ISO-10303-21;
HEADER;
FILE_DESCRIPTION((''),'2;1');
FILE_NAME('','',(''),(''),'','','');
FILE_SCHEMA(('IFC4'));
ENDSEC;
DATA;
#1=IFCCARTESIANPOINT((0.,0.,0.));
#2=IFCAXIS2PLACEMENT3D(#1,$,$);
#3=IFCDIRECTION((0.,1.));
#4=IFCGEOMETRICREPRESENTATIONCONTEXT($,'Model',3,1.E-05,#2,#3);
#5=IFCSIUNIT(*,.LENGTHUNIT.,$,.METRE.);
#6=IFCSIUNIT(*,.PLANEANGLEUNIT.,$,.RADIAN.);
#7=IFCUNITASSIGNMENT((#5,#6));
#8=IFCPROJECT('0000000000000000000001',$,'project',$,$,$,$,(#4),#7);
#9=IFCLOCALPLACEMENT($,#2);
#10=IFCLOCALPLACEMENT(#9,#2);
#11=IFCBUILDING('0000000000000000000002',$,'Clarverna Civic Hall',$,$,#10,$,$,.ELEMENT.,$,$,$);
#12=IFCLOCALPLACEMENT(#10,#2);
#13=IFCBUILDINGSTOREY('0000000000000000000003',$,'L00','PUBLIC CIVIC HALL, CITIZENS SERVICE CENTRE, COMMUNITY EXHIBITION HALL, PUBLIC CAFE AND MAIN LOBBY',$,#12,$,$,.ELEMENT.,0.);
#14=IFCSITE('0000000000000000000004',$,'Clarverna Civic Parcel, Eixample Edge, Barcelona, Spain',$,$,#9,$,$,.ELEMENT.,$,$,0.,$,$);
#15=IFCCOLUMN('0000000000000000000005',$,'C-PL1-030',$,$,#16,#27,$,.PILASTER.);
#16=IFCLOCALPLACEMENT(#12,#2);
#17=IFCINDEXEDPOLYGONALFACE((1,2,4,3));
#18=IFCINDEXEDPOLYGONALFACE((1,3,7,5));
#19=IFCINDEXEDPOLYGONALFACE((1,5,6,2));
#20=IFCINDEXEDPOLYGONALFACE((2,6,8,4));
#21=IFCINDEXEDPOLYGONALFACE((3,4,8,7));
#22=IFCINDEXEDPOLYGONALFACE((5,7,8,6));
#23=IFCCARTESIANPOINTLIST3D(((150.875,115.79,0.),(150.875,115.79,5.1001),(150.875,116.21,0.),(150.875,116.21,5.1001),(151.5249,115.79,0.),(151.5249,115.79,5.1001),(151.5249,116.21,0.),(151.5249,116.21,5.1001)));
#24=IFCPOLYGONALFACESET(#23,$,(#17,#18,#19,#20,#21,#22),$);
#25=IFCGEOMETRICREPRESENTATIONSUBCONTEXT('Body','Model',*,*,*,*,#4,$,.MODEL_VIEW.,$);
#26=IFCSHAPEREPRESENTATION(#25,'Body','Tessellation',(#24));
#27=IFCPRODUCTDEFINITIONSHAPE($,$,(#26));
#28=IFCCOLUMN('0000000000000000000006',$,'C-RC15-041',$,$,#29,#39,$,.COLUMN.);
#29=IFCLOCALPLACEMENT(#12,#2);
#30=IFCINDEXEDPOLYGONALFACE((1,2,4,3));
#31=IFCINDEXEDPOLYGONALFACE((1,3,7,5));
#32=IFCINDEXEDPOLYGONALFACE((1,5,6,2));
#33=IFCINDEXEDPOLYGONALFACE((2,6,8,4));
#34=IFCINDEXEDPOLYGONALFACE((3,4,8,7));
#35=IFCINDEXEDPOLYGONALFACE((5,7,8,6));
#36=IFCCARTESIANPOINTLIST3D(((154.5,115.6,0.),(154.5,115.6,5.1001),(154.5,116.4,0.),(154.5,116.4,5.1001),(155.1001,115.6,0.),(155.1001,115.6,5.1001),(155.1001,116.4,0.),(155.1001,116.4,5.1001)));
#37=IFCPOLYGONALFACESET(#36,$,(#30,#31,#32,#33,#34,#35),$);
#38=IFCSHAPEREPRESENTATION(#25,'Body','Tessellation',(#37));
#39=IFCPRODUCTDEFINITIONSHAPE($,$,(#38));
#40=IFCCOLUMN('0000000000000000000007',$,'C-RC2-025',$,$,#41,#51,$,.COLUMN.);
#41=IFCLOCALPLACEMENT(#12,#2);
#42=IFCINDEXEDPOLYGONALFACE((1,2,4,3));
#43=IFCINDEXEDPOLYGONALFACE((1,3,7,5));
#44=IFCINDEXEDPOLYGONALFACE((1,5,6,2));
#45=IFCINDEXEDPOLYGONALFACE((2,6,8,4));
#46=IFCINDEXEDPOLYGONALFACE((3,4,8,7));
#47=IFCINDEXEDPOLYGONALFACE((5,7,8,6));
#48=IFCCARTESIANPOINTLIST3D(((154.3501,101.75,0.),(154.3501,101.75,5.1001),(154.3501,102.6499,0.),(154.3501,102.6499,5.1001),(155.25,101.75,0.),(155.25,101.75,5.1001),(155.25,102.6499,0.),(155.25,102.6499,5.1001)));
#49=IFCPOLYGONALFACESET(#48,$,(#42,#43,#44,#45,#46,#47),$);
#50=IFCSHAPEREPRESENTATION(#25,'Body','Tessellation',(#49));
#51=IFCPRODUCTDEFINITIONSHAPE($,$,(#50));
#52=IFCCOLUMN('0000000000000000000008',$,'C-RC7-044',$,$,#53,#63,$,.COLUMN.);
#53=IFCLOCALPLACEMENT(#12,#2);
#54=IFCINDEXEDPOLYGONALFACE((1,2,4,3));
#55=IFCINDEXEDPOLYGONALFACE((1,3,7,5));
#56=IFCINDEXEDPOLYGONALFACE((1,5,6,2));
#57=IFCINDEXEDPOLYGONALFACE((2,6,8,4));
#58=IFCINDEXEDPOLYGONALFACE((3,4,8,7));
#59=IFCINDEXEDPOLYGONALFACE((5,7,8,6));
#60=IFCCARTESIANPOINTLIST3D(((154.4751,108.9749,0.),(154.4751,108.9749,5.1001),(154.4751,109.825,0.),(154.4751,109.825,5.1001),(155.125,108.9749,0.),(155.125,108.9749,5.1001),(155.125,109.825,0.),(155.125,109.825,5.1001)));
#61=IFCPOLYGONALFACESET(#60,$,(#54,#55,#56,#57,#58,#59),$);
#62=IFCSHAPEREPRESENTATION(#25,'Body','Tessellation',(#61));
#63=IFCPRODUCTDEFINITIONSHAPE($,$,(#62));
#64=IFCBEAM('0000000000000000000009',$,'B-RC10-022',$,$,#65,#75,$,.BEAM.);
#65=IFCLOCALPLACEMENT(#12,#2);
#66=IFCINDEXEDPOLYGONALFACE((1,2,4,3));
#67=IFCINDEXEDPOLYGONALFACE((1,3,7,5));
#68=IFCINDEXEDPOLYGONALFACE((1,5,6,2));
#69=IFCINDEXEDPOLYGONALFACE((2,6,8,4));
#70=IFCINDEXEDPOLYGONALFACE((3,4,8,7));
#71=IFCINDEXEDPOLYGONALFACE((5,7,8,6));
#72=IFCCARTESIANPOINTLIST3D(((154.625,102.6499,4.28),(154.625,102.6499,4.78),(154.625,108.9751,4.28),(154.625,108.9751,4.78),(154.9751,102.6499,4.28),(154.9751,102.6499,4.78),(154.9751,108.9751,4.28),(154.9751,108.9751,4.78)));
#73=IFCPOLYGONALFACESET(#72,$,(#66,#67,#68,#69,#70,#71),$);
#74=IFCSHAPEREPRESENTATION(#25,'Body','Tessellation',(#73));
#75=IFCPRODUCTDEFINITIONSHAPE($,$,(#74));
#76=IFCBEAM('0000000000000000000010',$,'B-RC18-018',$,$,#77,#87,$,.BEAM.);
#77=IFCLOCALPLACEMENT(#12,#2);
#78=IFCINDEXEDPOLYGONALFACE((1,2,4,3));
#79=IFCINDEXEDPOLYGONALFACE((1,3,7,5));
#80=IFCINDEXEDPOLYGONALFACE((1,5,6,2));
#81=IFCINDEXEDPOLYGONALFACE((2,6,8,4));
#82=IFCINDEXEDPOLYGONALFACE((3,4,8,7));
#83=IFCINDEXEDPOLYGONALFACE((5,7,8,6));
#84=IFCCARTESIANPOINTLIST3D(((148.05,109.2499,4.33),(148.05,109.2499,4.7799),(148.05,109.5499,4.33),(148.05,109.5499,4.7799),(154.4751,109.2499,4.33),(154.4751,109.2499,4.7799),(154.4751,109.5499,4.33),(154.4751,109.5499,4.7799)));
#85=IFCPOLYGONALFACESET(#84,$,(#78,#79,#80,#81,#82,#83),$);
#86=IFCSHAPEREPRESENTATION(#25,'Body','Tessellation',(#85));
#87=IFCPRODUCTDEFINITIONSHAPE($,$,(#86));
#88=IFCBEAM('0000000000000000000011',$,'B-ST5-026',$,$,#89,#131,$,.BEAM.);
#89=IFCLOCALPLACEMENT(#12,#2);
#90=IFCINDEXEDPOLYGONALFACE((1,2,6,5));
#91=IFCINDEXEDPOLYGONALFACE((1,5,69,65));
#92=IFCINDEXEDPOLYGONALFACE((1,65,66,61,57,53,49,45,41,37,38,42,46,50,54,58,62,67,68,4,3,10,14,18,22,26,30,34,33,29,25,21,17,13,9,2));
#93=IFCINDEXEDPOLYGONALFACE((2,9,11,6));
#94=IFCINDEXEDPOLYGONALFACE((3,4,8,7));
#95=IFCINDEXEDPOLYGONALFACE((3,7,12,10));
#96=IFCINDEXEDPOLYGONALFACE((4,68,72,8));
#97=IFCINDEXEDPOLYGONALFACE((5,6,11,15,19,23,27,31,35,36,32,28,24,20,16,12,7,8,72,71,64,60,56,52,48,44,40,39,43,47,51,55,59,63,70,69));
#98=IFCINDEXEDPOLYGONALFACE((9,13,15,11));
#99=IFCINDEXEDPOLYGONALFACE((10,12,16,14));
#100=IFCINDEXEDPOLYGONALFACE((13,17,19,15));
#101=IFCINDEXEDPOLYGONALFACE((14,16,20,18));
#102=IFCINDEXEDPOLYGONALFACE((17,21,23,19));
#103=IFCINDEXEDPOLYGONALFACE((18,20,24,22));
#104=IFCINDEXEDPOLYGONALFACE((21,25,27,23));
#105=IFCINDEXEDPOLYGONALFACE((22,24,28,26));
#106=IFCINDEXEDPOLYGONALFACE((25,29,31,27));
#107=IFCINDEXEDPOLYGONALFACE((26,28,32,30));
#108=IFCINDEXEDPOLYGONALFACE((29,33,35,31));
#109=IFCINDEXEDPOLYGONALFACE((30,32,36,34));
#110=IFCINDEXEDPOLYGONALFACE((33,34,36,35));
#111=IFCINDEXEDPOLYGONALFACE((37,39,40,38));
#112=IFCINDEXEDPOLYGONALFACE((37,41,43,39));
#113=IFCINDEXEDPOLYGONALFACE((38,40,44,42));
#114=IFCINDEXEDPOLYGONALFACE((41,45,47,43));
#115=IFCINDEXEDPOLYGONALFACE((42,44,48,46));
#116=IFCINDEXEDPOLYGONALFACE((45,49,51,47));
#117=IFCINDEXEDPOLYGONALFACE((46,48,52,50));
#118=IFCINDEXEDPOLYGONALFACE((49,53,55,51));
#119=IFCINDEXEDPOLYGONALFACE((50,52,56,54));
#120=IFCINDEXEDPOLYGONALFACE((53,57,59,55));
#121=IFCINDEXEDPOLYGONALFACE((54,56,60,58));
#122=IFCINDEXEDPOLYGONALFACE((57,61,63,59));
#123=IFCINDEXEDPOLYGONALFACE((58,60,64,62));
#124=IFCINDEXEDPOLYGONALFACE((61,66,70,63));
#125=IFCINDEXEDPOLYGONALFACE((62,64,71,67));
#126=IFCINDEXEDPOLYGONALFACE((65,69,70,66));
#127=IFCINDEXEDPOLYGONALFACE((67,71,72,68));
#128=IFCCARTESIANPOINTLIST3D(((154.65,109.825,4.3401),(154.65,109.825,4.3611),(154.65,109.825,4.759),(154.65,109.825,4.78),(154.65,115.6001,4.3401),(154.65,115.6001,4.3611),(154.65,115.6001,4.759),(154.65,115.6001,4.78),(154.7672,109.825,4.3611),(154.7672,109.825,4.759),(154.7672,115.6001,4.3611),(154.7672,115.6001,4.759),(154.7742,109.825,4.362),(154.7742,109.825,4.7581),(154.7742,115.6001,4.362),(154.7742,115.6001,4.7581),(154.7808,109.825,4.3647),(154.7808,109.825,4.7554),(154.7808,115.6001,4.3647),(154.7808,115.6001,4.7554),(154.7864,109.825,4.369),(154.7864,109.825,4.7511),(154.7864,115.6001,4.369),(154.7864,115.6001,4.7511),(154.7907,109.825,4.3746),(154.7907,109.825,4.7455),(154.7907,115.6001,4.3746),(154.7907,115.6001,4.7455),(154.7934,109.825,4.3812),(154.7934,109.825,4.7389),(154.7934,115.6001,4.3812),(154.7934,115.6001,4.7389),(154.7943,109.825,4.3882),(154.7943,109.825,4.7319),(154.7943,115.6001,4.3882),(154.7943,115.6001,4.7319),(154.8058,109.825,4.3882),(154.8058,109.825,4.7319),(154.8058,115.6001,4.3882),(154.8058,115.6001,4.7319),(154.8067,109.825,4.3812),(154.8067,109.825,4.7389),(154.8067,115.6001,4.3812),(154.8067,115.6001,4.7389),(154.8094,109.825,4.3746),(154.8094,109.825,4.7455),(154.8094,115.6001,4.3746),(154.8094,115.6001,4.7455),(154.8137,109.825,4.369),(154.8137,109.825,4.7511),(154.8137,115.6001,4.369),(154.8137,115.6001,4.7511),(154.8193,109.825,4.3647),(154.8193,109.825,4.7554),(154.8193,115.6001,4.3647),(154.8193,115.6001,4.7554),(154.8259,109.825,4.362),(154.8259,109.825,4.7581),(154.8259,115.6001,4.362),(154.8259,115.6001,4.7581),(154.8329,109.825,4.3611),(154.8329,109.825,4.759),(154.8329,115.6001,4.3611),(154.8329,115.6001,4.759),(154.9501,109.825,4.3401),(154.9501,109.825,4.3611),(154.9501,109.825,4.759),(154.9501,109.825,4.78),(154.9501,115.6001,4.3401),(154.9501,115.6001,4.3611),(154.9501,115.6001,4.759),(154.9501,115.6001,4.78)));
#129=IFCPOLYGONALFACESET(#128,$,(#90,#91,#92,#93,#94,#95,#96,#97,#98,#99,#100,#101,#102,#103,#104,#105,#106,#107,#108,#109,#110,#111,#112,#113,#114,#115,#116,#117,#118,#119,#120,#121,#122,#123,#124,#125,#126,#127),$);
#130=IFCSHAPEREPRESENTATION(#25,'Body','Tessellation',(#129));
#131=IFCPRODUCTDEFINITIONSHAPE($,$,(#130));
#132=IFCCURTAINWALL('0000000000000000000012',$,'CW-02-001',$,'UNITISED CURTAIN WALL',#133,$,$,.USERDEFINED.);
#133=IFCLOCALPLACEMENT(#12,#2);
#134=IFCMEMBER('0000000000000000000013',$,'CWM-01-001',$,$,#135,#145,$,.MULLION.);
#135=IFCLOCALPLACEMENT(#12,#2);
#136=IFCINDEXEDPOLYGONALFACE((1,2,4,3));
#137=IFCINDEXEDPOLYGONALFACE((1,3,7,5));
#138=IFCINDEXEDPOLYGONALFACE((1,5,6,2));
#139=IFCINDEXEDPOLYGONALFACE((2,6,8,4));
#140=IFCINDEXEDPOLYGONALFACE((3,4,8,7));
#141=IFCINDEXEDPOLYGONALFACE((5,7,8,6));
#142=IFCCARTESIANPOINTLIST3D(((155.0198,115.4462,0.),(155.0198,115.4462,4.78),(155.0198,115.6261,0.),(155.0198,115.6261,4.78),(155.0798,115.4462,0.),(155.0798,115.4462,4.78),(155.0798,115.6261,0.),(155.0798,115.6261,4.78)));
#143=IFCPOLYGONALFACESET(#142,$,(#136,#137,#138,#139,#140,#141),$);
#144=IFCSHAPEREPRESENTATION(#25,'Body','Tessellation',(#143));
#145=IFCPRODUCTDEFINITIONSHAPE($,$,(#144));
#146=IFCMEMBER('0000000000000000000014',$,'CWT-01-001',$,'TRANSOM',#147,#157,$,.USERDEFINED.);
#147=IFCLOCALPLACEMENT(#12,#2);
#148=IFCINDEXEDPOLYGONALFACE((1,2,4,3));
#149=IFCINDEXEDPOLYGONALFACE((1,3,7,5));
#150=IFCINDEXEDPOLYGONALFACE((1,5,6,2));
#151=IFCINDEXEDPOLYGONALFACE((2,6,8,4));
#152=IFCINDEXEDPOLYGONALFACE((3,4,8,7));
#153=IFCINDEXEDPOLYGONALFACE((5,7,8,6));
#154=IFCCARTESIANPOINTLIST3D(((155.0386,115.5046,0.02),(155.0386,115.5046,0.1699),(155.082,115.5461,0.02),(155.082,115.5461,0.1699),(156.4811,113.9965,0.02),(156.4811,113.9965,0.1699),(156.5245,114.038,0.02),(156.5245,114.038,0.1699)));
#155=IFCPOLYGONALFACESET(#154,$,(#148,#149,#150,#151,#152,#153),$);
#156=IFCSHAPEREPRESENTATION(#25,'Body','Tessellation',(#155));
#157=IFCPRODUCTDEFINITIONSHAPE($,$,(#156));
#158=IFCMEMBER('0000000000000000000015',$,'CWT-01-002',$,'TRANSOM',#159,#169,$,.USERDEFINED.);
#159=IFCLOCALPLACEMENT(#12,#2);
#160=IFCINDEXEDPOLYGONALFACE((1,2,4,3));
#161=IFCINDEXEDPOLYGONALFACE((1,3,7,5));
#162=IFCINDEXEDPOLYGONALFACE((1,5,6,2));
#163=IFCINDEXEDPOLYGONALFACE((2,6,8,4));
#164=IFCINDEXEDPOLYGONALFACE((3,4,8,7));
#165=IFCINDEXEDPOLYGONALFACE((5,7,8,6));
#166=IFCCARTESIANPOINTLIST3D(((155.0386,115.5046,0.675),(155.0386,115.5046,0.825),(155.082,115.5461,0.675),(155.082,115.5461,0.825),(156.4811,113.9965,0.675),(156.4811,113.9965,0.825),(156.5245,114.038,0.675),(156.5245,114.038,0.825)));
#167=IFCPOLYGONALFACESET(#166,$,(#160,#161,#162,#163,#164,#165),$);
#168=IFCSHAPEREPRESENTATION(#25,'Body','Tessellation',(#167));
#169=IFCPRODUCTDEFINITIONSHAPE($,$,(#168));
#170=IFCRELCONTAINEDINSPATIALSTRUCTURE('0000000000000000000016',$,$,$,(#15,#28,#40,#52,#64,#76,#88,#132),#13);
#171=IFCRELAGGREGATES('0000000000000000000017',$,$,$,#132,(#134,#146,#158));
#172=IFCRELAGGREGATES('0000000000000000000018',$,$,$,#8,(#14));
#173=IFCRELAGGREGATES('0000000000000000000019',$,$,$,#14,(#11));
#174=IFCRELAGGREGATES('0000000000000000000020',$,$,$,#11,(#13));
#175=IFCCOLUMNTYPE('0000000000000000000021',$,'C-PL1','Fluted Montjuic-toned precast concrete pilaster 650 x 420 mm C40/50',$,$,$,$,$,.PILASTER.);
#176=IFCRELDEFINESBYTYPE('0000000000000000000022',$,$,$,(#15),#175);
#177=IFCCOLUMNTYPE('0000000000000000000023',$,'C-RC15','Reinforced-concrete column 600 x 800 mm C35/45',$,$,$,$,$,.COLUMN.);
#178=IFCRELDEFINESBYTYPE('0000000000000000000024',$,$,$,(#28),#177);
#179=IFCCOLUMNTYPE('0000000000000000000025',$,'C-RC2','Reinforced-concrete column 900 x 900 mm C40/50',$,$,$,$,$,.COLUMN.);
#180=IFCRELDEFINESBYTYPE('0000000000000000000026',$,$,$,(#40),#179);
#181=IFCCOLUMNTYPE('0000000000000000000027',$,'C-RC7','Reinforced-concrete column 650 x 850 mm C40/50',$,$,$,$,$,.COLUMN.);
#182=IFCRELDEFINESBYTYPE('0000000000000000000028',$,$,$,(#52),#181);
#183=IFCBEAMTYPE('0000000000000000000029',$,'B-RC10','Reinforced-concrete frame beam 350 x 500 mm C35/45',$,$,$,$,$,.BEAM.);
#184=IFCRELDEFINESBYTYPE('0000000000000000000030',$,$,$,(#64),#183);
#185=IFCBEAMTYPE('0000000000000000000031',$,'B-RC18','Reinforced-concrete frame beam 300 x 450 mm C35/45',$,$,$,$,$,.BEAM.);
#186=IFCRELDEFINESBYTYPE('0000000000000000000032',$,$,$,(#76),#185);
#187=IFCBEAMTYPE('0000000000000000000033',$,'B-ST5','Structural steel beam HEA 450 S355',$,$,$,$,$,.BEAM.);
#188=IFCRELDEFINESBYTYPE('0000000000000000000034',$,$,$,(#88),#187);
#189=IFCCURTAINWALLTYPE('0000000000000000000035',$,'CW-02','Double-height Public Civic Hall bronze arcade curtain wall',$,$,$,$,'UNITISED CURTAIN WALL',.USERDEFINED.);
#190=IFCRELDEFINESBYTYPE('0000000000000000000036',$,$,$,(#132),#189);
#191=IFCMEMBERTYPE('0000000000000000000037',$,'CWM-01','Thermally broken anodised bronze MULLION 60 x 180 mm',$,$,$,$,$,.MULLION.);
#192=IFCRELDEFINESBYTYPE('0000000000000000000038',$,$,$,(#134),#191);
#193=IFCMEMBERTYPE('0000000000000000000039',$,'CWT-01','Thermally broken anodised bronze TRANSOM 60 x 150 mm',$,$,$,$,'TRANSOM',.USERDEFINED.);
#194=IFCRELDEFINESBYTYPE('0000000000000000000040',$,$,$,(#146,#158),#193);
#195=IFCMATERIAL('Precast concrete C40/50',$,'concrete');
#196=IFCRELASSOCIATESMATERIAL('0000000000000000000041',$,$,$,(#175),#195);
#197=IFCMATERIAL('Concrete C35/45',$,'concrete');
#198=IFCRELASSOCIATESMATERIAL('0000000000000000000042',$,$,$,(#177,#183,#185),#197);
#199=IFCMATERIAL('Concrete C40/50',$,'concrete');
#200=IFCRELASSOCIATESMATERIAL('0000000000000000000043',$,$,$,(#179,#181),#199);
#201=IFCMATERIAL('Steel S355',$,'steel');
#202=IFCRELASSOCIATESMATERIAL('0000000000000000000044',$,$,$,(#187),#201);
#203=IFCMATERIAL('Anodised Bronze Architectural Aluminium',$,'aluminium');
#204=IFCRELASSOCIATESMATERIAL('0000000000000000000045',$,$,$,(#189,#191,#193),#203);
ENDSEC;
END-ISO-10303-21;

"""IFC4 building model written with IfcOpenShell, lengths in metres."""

from ifc_helpers import new_model, si_unit, direction, frame, origin, origin_2d, place, context, subcontext, project, spatial, rectangle, i_section, extrude, material, material_profile, profile_set, type_object, element, aggregate, save


model = new_model("IFC4")

# Units and contexts
model_context = context("Model", 3, precision=1e-05, world=origin(), true_north=direction((0.0, 1.0)))
body_context = subcontext(model_context, "Body", "Model", "MODEL_VIEW")
ifc_project = project(units=[si_unit("LENGTHUNIT", "METRE"), si_unit("PLANEANGLEUNIT", "RADIAN")], contexts=[model_context])

# Site, building, storey
site_placement = place(None, origin())
site = spatial("IfcSite", under=ifc_project, at=site_placement, Name="Clarverna Civic Parcel, Eixample Edge, Barcelona, Spain", CompositionType="ELEMENT", RefElevation=0.0)
building_placement = place(site_placement, origin())
building = spatial("IfcBuilding", under=site, at=building_placement, Name="Clarverna Civic Hall", CompositionType="ELEMENT")
storey_placement = place(building_placement, origin())
storey = spatial("IfcBuildingStorey", under=building, at=storey_placement, Name="L00", Description="PUBLIC CIVIC HALL, CITIZENS SERVICE CENTRE, COMMUNITY EXHIBITION HALL, PUBLIC CAFE AND MAIN LOBBY", CompositionType="ELEMENT", Elevation=0.0)

# Columns
ifc_material_1 = material(Name="Precast concrete C40/50", Category="concrete")
ifc_material_profile_1 = material_profile(ifc_material_1, rectangle(XDim=0.6499, YDim=0.4199, at=origin_2d()), Name="PILASTER 650x420")
ifc_profile_set_1 = profile_set([ifc_material_profile_1], Name="Precast concrete C40/50")
column_type_1 = type_object("IfcColumnType", Name="C-PL1", Description="Fluted Montjuic-toned precast concrete pilaster 650 x 420 mm C40/50", PredefinedType="PILASTER", material=ifc_profile_set_1)
column_1_placement = place(storey_placement, frame((151.2, 116.0, 0.0), z_axis=(0.0, 0.0, 1.0), x_axis=(1.0, 0.0, 0.0)))
element("IfcColumn", 1, at=column_1_placement, inside=storey, type_object=column_type_1, Name="C-PL1-030", PredefinedType="PILASTER", context=body_context, shape_type="SweptSolid", body=[
    extrude(rectangle(XDim=0.6499, YDim=0.4199, at=origin_2d()), origin(), (0.0, 0.0, 1.0), 5.1001),
])
ifc_material_2 = material(Name="Concrete C35/45", Category="concrete")
ifc_material_profile_2 = material_profile(ifc_material_2, rectangle(XDim=0.6001, YDim=0.8, at=origin_2d()), Name="RC 600x800")
ifc_profile_set_2 = profile_set([ifc_material_profile_2], Name="Concrete C35/45")
column_type_2 = type_object("IfcColumnType", Name="C-RC15", Description="Reinforced-concrete column 600 x 800 mm C35/45", PredefinedType="COLUMN", material=ifc_profile_set_2)
column_2_placement = place(storey_placement, frame((154.8, 116.0, 0.0), z_axis=(0.0, 0.0, 1.0), x_axis=(1.0, 0.0, 0.0)))
element("IfcColumn", 2, at=column_2_placement, inside=storey, type_object=column_type_2, Name="C-RC15-041", PredefinedType="COLUMN", context=body_context, shape_type="SweptSolid", body=[
    extrude(rectangle(XDim=0.6001, YDim=0.8, at=origin_2d()), origin(), (0.0, 0.0, 1.0), 5.1001),
])
ifc_material_3 = material(Name="Concrete C40/50", Category="concrete")
ifc_material_profile_3 = material_profile(ifc_material_3, rectangle(XDim=0.8999, YDim=0.8999, at=origin_2d()), Name="RC 900x900")
ifc_profile_set_3 = profile_set([ifc_material_profile_3], Name="Concrete C40/50")
column_type_3 = type_object("IfcColumnType", Name="C-RC2", Description="Reinforced-concrete column 900 x 900 mm C40/50", PredefinedType="COLUMN", material=ifc_profile_set_3)
column_3_placement = place(storey_placement, frame((154.8, 102.2, 0.0), z_axis=(0.0, 0.0, 1.0), x_axis=(1.0, 0.0, 0.0)))
element("IfcColumn", 3, at=column_3_placement, inside=storey, type_object=column_type_3, Name="C-RC2-025", PredefinedType="COLUMN", context=body_context, shape_type="SweptSolid", body=[
    extrude(rectangle(XDim=0.8999, YDim=0.8999, at=origin_2d()), origin(), (0.0, 0.0, 1.0), 5.1001),
])
ifc_material_profile_4 = material_profile(ifc_material_3, rectangle(XDim=0.6499, YDim=0.8501, at=origin_2d()), Name="RC 650x850")
ifc_profile_set_4 = profile_set([ifc_material_profile_4], Name="Concrete C40/50")
column_type_4 = type_object("IfcColumnType", Name="C-RC7", Description="Reinforced-concrete column 650 x 850 mm C40/50", PredefinedType="COLUMN", material=ifc_profile_set_4)
column_4_placement = place(storey_placement, frame((154.8, 109.3999, 0.0), z_axis=(0.0, 0.0, 1.0), x_axis=(1.0, 0.0, 0.0)))
element("IfcColumn", 4, at=column_4_placement, inside=storey, type_object=column_type_4, Name="C-RC7-044", PredefinedType="COLUMN", context=body_context, shape_type="SweptSolid", body=[
    extrude(rectangle(XDim=0.6499, YDim=0.8501, at=origin_2d()), origin(), (0.0, 0.0, 1.0), 5.1001),
])

# Beams
ifc_material_profile_5 = material_profile(ifc_material_2, rectangle(XDim=0.3501, YDim=0.5, at=origin_2d()), Name="RC 350x500")
ifc_profile_set_5 = profile_set([ifc_material_profile_5], Name="Concrete C35/45")
beam_type_1 = type_object("IfcBeamType", Name="B-RC10", Description="Reinforced-concrete frame beam 350 x 500 mm C35/45", PredefinedType="BEAM", material=ifc_profile_set_5)
beam_1_placement = place(storey_placement, frame((154.8, 102.6499, 4.53), z_axis=(0.0, 1.0, 0.0), x_axis=(-1.0, 0.0, 0.0)))
element("IfcBeam", 5, at=beam_1_placement, inside=storey, type_object=beam_type_1, Name="B-RC10-022", PredefinedType="BEAM", context=body_context, shape_type="SweptSolid", body=[
    extrude(rectangle(XDim=0.3501, YDim=0.5, at=origin_2d()), origin(), (0.0, 0.0, 1.0), 6.3252),
])
ifc_material_profile_6 = material_profile(ifc_material_2, rectangle(XDim=0.3, YDim=0.45, at=origin_2d()), Name="RC 300x450")
ifc_profile_set_6 = profile_set([ifc_material_profile_6], Name="Concrete C35/45")
beam_type_2 = type_object("IfcBeamType", Name="B-RC18", Description="Reinforced-concrete frame beam 300 x 450 mm C35/45", PredefinedType="BEAM", material=ifc_profile_set_6)
beam_2_placement = place(storey_placement, frame((148.05, 109.3999, 4.5549), z_axis=(1.0, 0.0, 0.0), x_axis=(0.0, 1.0, 0.0)))
element("IfcBeam", 6, at=beam_2_placement, inside=storey, type_object=beam_type_2, Name="B-RC18-018", PredefinedType="BEAM", context=body_context, shape_type="SweptSolid", body=[
    extrude(rectangle(XDim=0.3, YDim=0.45, at=origin_2d()), origin(), (0.0, 0.0, 1.0), 6.425),
])
ifc_material_4 = material(Name="Steel S355", Category="steel")
ifc_material_profile_7 = material_profile(ifc_material_4, i_section(OverallWidth=0.3, OverallDepth=0.4399, WebThickness=0.0115, FlangeThickness=0.021, FilletRadius=0.0271, at=origin_2d()), Name="HEA 450")
ifc_profile_set_7 = profile_set([ifc_material_profile_7], Name="Steel S355")
beam_type_3 = type_object("IfcBeamType", Name="B-ST5", Description="Structural steel beam HEA 450 S355", PredefinedType="BEAM", material=ifc_profile_set_7)
beam_3_placement = place(storey_placement, frame((154.8, 109.825, 4.5601), z_axis=(0.0, 1.0, 0.0), x_axis=(-1.0, 0.0, 0.0)))
element("IfcBeam", 7, at=beam_3_placement, inside=storey, type_object=beam_type_3, Name="B-ST5-026", PredefinedType="BEAM", context=body_context, shape_type="SweptSolid", body=[
    extrude(i_section(OverallWidth=0.3, OverallDepth=0.4399, WebThickness=0.0115, FlangeThickness=0.021, FilletRadius=0.0271, at=origin_2d()), origin(), (0.0, 0.0, 1.0), 5.7751),
])

# Curtain wall, members
ifc_material_5 = material(Name="Anodised Bronze Architectural Aluminium", Category="aluminium")
curtain_wall_type = type_object("IfcCurtainWallType", Name="CW-02", Description="Double-height Public Civic Hall bronze arcade curtain wall", ElementType="UNITISED CURTAIN WALL", PredefinedType="USERDEFINED", material=ifc_material_5)
curtain_wall_placement = place(storey_placement, origin())
curtain_wall = element("IfcCurtainWall", 8, at=curtain_wall_placement, inside=storey, type_object=curtain_wall_type, Name="CW-02-001", ObjectType="UNITISED CURTAIN WALL", PredefinedType="USERDEFINED")
ifc_material_profile_8 = material_profile(ifc_material_5, rectangle(XDim=0.0601, YDim=0.1799, at=origin_2d()), Name="BRONZE 60x180")
ifc_profile_set_8 = profile_set([ifc_material_profile_8], Name="Anodised Bronze Architectural Aluminium")
member_type_1 = type_object("IfcMemberType", Name="CWM-01", Description="Thermally broken anodised bronze MULLION 60 x 180 mm", PredefinedType="MULLION", material=ifc_profile_set_8)
member_1_placement = place(storey_placement, frame((155.0498, 115.5361, 0.0), z_axis=(0.0, 0.0, 1.0), x_axis=(1.0, 0.0, 0.0)))
member_1 = element("IfcMember", 9, at=member_1_placement, type_object=member_type_1, Name="CWM-01-001", PredefinedType="MULLION", context=body_context, shape_type="SweptSolid", body=[
    extrude(rectangle(XDim=0.0601, YDim=0.1799, at=origin_2d()), origin(), (0.0, 0.0, 1.0), 4.78),
])
ifc_material_profile_9 = material_profile(ifc_material_5, rectangle(XDim=0.0601, YDim=0.1499, at=origin_2d()), Name="BRONZE 60x150")
ifc_profile_set_9 = profile_set([ifc_material_profile_9], Name="Anodised Bronze Architectural Aluminium")
member_type_2 = type_object("IfcMemberType", Name="CWT-01", Description="Thermally broken anodised bronze TRANSOM 60 x 150 mm", ElementType="TRANSOM", PredefinedType="USERDEFINED", material=ifc_profile_set_9)
member_2_placement = place(storey_placement, frame((155.0603, 115.5254, 0.095), z_axis=(0.691196, -0.722667, 0.0), x_axis=(0.722667, 0.691196, 0.0)))
member_2 = element("IfcMember", 10, at=member_2_placement, type_object=member_type_2, Name="CWT-01-001", ObjectType="TRANSOM", PredefinedType="USERDEFINED", context=body_context, shape_type="SweptSolid", body=[
    extrude(rectangle(XDim=0.0601, YDim=0.1499, at=origin_2d()), origin(), (0.0, 0.0, 1.0), 2.0869),
])
member_3_placement = place(storey_placement, frame((155.0603, 115.5254, 0.75), z_axis=(0.691196, -0.722667, 0.0), x_axis=(0.722667, 0.691196, 0.0)))
member_3 = element("IfcMember", 11, at=member_3_placement, type_object=member_type_2, Name="CWT-01-002", ObjectType="TRANSOM", PredefinedType="USERDEFINED", context=body_context, shape_type="SweptSolid", body=[
    extrude(rectangle(XDim=0.0601, YDim=0.1499, at=origin_2d()), origin(), (0.0, 0.0, 1.0), 2.0869),
])

aggregate(curtain_wall, [member_1, member_2, member_3])

save(model, "model.ifc")
